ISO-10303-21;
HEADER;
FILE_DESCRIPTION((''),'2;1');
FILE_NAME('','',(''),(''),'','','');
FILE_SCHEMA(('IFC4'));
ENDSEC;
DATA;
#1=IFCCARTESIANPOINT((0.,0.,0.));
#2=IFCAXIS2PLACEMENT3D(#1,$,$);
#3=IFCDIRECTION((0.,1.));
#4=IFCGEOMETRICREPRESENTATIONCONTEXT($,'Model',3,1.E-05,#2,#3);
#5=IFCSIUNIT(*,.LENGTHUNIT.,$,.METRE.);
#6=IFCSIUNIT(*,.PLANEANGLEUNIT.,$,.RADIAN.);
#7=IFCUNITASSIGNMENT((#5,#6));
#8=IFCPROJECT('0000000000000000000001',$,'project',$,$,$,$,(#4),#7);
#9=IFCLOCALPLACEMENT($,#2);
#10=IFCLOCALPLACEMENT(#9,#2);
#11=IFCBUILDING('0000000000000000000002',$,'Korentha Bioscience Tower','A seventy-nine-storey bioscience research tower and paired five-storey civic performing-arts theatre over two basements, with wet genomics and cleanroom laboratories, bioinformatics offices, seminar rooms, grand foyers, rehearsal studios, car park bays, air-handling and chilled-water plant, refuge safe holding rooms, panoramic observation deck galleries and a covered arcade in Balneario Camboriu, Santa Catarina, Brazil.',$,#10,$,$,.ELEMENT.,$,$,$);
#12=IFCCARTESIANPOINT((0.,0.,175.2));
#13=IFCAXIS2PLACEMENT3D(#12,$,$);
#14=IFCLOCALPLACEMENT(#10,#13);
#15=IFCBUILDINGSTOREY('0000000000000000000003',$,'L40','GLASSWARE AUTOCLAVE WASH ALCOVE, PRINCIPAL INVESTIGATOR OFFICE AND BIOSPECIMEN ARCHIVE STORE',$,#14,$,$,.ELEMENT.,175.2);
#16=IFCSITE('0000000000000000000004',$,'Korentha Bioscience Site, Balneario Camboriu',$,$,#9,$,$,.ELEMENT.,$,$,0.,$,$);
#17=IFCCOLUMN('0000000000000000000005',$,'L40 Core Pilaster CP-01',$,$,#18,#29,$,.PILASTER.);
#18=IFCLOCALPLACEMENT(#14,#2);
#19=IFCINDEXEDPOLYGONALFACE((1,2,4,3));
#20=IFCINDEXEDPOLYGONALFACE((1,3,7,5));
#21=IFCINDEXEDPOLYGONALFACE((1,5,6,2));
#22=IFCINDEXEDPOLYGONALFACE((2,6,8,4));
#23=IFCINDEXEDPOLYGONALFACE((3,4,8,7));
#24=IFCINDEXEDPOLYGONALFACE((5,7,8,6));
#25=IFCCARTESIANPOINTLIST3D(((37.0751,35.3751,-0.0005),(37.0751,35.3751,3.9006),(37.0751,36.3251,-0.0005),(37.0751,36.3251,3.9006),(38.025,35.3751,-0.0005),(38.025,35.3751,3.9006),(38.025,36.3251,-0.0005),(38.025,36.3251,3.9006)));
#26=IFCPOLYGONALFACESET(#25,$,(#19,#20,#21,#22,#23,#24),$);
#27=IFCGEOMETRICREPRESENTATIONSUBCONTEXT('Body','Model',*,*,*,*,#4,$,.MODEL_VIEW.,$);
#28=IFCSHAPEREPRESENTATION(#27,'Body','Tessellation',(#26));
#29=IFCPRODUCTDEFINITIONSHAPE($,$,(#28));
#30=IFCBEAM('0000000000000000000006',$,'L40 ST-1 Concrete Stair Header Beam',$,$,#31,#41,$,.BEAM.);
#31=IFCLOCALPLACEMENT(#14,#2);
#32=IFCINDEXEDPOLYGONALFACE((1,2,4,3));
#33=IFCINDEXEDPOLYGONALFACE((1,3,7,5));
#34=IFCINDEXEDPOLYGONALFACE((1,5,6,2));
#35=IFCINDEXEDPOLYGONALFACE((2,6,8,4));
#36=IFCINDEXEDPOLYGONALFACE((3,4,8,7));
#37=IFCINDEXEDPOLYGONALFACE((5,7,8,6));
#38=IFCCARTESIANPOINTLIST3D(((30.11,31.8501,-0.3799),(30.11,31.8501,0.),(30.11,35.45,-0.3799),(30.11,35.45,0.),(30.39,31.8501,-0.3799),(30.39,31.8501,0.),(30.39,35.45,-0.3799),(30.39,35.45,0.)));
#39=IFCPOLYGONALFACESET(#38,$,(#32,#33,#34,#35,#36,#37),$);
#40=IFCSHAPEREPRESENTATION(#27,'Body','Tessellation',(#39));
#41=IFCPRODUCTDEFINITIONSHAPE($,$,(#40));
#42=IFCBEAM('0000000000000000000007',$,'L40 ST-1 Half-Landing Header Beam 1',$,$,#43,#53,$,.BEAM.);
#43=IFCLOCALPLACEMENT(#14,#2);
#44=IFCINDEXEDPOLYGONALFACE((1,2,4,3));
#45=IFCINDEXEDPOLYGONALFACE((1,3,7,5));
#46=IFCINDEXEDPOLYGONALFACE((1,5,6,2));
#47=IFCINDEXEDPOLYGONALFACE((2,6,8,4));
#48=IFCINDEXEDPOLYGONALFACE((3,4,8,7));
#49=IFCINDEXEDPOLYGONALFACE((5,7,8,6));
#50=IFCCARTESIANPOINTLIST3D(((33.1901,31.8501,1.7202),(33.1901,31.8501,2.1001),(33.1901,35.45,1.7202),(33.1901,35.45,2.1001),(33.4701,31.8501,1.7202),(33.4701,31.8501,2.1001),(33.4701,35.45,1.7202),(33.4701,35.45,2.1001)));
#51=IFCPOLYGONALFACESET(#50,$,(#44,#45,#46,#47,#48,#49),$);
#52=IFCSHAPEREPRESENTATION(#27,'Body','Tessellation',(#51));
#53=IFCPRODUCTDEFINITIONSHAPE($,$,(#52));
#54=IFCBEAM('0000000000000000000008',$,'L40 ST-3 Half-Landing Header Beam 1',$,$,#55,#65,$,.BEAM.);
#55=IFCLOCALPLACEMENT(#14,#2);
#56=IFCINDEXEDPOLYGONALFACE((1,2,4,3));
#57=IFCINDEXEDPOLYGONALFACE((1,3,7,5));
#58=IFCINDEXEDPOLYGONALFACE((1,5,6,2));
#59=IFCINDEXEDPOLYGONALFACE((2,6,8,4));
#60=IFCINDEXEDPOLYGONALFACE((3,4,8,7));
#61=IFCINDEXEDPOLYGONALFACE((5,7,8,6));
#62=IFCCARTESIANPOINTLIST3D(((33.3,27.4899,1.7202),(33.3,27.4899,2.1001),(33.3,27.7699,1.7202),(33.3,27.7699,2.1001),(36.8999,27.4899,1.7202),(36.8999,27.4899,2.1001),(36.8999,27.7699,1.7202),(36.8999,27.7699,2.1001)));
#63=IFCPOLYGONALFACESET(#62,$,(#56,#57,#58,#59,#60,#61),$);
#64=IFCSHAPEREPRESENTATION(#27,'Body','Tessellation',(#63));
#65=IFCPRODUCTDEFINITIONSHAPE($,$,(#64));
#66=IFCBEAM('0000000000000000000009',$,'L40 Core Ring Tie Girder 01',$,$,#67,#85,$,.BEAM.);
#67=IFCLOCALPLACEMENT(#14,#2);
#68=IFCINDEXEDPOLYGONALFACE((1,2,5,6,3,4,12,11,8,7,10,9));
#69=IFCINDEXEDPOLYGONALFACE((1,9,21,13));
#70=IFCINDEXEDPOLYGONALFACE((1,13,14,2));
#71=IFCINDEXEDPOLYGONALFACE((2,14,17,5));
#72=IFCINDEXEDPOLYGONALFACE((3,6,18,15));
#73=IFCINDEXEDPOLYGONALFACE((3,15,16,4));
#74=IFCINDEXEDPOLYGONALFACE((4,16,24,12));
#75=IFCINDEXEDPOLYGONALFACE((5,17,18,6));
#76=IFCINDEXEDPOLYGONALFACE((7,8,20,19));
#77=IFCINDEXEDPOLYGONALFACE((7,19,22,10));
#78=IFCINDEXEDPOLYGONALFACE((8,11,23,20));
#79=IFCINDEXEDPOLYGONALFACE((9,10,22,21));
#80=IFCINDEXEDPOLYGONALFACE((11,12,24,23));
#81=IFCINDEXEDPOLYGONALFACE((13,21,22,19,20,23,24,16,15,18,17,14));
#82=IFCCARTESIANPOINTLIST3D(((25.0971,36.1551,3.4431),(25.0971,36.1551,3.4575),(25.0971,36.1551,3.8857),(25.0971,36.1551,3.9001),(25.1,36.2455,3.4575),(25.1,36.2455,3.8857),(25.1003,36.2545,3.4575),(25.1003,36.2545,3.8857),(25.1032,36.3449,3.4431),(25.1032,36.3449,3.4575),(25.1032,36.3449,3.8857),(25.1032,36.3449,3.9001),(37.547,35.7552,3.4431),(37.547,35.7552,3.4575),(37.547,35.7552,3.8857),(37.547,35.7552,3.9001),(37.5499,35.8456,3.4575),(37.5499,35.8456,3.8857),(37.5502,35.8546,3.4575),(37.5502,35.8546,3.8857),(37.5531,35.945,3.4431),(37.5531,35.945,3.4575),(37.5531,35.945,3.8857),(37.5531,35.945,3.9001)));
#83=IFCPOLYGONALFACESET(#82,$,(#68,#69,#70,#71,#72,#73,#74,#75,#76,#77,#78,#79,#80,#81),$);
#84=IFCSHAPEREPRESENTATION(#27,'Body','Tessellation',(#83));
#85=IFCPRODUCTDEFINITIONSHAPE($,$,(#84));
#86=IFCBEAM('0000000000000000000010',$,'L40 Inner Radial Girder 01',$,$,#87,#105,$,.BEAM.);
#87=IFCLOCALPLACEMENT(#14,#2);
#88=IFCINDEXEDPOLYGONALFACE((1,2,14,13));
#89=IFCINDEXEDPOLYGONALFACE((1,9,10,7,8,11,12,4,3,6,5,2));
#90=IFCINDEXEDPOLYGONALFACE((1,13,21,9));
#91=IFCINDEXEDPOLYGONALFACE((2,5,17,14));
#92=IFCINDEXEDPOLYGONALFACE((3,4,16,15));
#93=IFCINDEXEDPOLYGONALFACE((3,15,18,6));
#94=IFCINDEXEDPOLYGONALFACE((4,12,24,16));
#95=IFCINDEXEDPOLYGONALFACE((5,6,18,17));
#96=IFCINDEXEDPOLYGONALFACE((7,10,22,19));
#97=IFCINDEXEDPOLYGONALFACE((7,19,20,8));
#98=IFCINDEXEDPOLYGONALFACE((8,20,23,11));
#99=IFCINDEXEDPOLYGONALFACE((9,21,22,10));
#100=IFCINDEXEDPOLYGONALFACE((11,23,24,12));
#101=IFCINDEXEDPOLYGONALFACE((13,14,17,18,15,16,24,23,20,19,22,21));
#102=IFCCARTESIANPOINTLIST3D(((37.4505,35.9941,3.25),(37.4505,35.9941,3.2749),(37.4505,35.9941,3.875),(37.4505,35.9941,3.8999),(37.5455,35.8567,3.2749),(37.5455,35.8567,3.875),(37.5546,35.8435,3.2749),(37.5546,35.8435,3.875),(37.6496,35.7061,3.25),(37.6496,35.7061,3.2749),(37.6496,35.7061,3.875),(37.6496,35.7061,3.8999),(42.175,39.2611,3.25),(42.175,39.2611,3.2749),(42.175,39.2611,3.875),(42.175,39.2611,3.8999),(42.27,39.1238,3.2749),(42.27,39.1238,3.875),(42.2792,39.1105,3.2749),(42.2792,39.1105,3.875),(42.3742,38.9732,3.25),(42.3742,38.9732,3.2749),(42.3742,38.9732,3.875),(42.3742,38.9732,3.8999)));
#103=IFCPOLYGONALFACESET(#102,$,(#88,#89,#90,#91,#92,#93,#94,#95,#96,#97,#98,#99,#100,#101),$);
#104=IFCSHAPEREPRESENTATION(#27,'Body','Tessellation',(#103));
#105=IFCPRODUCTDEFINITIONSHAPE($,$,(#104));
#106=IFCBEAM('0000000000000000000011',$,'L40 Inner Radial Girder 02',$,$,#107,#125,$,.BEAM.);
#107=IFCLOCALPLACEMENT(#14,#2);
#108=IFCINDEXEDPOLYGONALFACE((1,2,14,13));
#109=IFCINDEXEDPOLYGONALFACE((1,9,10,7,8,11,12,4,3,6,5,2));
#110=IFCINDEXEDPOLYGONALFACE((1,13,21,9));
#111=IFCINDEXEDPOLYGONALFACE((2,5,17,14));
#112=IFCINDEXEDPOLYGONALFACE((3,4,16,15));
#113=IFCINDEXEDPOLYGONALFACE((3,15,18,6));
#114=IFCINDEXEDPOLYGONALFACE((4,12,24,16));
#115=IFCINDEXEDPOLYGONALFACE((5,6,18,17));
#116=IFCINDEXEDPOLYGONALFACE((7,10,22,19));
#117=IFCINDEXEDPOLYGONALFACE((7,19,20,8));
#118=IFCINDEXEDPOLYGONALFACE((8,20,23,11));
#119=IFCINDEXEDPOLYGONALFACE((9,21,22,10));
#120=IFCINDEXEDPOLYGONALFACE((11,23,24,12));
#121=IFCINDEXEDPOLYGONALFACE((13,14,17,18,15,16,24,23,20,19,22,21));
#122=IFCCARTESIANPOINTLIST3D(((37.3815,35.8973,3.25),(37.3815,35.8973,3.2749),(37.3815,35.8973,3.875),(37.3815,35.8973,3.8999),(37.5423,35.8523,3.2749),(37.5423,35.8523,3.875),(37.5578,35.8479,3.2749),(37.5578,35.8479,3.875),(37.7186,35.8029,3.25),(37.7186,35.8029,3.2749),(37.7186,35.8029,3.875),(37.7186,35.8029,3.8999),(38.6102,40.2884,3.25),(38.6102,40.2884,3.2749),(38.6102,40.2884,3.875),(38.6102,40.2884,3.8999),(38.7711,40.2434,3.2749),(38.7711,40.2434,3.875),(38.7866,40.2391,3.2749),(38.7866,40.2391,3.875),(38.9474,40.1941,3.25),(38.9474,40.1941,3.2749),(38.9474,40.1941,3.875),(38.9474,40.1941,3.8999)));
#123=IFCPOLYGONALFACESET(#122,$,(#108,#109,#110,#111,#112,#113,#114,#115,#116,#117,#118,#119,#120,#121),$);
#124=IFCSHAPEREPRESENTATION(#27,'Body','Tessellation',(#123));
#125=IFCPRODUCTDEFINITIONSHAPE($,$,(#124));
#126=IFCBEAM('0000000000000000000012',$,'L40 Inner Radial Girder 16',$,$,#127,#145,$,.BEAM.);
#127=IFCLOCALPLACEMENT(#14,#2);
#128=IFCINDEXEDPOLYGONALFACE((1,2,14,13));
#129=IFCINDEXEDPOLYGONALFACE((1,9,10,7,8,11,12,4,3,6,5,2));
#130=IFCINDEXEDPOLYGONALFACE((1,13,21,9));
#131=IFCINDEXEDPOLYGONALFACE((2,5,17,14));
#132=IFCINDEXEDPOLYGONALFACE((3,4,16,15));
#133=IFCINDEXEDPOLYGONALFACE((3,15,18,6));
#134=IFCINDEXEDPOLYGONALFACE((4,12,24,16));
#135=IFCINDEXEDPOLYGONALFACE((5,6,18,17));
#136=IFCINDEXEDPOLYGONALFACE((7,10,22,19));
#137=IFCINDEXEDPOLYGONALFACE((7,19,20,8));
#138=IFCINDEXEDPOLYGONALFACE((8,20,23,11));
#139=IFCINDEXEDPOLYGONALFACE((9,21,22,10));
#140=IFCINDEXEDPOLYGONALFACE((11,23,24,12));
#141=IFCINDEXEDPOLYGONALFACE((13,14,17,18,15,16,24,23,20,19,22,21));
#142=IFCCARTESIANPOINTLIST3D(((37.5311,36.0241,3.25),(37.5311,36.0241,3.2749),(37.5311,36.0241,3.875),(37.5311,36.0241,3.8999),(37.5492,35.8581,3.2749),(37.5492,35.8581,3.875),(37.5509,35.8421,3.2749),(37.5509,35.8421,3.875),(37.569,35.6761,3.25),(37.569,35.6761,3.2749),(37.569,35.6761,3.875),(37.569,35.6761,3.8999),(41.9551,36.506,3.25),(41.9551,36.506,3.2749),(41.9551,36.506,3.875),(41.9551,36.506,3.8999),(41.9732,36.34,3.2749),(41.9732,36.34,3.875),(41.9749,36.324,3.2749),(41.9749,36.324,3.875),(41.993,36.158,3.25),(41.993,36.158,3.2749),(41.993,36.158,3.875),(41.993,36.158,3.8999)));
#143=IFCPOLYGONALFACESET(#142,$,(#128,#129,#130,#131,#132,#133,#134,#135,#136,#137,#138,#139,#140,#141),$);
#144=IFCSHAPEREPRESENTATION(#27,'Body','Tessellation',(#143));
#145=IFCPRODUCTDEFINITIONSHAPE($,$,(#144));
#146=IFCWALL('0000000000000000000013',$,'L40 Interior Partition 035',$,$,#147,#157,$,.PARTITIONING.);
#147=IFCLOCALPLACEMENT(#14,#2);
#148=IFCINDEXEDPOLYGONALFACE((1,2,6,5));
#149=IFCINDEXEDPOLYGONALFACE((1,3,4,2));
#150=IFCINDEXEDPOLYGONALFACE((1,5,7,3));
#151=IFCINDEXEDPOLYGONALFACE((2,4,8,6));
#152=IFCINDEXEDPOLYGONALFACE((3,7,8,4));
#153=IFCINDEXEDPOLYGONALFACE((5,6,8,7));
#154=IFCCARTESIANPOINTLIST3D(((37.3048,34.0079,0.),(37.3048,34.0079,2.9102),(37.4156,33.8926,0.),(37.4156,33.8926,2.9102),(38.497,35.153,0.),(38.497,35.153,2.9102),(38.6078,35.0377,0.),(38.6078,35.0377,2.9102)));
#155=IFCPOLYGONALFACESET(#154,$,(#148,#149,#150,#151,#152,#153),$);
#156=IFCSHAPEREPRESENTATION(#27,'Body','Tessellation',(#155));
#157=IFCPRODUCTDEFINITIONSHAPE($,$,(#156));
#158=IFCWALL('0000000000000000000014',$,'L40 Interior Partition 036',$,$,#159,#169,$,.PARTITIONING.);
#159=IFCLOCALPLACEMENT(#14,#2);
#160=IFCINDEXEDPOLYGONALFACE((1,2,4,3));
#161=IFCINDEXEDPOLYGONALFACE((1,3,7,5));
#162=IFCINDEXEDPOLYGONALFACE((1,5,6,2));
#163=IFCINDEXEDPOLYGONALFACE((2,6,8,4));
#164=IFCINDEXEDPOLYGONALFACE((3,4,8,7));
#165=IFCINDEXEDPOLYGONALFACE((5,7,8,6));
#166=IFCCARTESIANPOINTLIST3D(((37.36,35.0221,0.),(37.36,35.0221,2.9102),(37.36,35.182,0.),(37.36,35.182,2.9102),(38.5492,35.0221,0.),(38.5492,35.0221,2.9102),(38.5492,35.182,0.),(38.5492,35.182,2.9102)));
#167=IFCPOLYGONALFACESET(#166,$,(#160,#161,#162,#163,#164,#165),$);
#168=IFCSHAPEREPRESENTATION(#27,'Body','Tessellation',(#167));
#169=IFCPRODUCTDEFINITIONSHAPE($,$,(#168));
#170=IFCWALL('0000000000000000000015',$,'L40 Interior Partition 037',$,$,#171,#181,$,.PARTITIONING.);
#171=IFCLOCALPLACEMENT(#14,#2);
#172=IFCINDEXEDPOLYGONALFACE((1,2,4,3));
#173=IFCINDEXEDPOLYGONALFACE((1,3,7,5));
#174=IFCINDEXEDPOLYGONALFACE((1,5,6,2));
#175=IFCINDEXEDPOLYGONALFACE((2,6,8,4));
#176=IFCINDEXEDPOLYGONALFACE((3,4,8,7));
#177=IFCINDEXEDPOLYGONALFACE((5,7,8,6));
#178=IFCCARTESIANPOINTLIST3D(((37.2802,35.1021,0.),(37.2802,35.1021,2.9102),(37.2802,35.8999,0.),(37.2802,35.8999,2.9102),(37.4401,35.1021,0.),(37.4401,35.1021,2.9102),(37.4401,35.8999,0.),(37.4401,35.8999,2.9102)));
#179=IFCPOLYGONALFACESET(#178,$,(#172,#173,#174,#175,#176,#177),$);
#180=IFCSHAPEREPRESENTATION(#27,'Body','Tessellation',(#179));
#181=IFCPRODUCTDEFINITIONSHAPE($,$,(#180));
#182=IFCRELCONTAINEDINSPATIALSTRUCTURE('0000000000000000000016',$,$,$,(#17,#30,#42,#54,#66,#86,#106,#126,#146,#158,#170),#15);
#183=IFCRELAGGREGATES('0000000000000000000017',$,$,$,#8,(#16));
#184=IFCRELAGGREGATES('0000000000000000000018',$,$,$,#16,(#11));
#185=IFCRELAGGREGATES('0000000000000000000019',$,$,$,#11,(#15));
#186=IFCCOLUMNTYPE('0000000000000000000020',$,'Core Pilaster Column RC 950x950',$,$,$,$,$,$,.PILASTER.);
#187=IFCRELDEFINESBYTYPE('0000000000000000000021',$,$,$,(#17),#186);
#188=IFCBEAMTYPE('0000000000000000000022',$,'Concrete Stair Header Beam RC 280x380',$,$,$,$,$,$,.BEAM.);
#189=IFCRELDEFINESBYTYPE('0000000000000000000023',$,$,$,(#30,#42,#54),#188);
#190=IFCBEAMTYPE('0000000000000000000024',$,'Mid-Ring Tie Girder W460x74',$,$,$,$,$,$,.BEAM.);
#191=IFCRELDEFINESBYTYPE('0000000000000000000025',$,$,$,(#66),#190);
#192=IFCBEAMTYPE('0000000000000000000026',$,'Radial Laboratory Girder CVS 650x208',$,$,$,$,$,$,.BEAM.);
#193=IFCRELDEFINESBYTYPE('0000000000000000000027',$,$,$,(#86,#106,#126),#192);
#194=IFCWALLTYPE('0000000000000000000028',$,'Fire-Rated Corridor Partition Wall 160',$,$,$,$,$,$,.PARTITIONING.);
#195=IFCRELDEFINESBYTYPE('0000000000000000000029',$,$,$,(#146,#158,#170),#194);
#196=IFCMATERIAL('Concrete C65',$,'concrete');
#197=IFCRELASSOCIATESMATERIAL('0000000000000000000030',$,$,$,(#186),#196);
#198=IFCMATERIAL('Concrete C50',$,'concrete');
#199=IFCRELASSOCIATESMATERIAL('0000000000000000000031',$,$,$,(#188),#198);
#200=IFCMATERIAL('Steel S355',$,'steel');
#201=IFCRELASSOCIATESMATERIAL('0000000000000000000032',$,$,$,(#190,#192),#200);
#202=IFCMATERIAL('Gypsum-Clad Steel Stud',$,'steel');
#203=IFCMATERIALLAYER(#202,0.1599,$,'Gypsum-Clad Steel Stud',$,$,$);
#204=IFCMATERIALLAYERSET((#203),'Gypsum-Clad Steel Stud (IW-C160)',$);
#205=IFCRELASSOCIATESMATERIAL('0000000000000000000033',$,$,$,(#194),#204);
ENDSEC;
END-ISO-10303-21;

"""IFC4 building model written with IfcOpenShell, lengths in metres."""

from ifc_helpers import new_model, si_unit, direction, frame, frame_2d, origin, origin_2d, place, context, subcontext, project, spatial, rectangle, i_section, extrude, material, layer, layer_set, material_profile, profile_set, type_object, element, save


model = new_model("IFC4")

# Units and contexts
model_context = context("Model", 3, precision=1e-05, world=origin(), true_north=direction((0.0, 1.0)))
body_context = subcontext(model_context, "Body", "Model", "MODEL_VIEW")
ifc_project = project(units=[si_unit("LENGTHUNIT", "METRE"), si_unit("PLANEANGLEUNIT", "RADIAN")], contexts=[model_context])

# Site, building, storey
site_placement = place(None, origin())
site = spatial("IfcSite", under=ifc_project, at=site_placement, Name="Korentha Bioscience Site, Balneario Camboriu", CompositionType="ELEMENT", RefElevation=0.0)
building_placement = place(site_placement, origin())
building = spatial("IfcBuilding", under=site, at=building_placement, Name="Korentha Bioscience Tower", Description="A seventy-nine-storey bioscience research tower and paired five-storey civic performing-arts theatre over two basements, with wet genomics and cleanroom laboratories, bioinformatics offices, seminar rooms, grand foyers, rehearsal studios, car park bays, air-handling and chilled-water plant, refuge safe holding rooms, panoramic observation deck galleries and a covered arcade in Balneario Camboriu, Santa Catarina, Brazil.", CompositionType="ELEMENT")
storey_placement = place(building_placement, frame((0.0, 0.0, 175.2)))
storey = spatial("IfcBuildingStorey", under=building, at=storey_placement, Name="L40", Description="GLASSWARE AUTOCLAVE WASH ALCOVE, PRINCIPAL INVESTIGATOR OFFICE AND BIOSPECIMEN ARCHIVE STORE", CompositionType="ELEMENT", Elevation=175.2)

# Column
ifc_material_1 = material(Name="Concrete C65", Category="concrete")
ifc_material_profile_1 = material_profile(ifc_material_1, rectangle(XDim=0.95, YDim=0.95, at=origin_2d()), Name="Concrete C65")
ifc_profile_set_1 = profile_set([ifc_material_profile_1], Name="Concrete C65 (COL-CP09)")
column_type = type_object("IfcColumnType", Name="Core Pilaster Column RC 950x950", PredefinedType="PILASTER", material=ifc_profile_set_1)
column_placement = place(storey_placement, frame((37.55, 35.8501, -0.0005), z_axis=(0.0, 0.0, 1.0), x_axis=(1.0, 0.0, 0.0)))
element("IfcColumn", 1, at=column_placement, inside=storey, type_object=column_type, Name="L40 Core Pilaster CP-01", PredefinedType="PILASTER", context=body_context, shape_type="SweptSolid", body=[
    extrude(rectangle(XDim=0.95, YDim=0.95, at=origin_2d()), origin(), (0.0, 0.0, 1.0), 3.9011),
])

# Beams
ifc_material_2 = material(Name="Concrete C50", Category="concrete")
ifc_material_profile_2 = material_profile(ifc_material_2, rectangle(XDim=0.28, YDim=0.3799, at=origin_2d()), Name="Concrete C50")
ifc_profile_set_2 = profile_set([ifc_material_profile_2], Name="Concrete C50 (ST-HB380)")
beam_type_1 = type_object("IfcBeamType", Name="Concrete Stair Header Beam RC 280x380", PredefinedType="BEAM", material=ifc_profile_set_2)
for number, where, z_axis, x_axis, name in (
    (2, (30.25, 31.8501, -0.1899), (0.0, 1.0, 0.0), (-1.0, 0.0, 0.0), "L40 ST-1 Concrete Stair Header Beam"),
    (3, (33.3301, 31.8501, 1.9102), (0.0, 1.0, 0.0), (-1.0, 0.0, 0.0), "L40 ST-1 Half-Landing Header Beam 1"),
    (4, (36.8999, 27.6299, 1.9102), (-1.0, 0.0, 0.0), (0.0, -1.0, 0.0), "L40 ST-3 Half-Landing Header Beam 1"),
):
    element("IfcBeam", number, at=place(storey_placement, frame(where, z_axis=z_axis, x_axis=x_axis)), inside=storey, type_object=beam_type_1, Name=name, PredefinedType="BEAM", context=body_context, shape_type="SweptSolid", body=[
        extrude(rectangle(XDim=0.28, YDim=0.3799, at=origin_2d()), origin(), (0.0, 0.0, 1.0), 3.5999),
    ])
ifc_material_3 = material(Name="Steel S355", Category="steel")
ifc_material_profile_3 = material_profile(ifc_material_3, i_section(OverallWidth=0.1899, OverallDepth=0.457, WebThickness=0.009, FlangeThickness=0.0144, at=origin_2d()), Name="Steel S355")
ifc_profile_set_3 = profile_set([ifc_material_profile_3], Name="Steel S355 (MB-460)")
beam_type_2 = type_object("IfcBeamType", Name="Mid-Ring Tie Girder W460x74", PredefinedType="BEAM", material=ifc_profile_set_3)
beam_1_placement = place(storey_placement, frame((37.55, 35.8501, 3.6716), z_axis=(-0.999485, 0.032104, 0.0), x_axis=(-0.032104, -0.999485, 0.0)))
element("IfcBeam", 5, at=beam_1_placement, inside=storey, type_object=beam_type_2, Name="L40 Core Ring Tie Girder 01", PredefinedType="BEAM", context=body_context, shape_type="SweptSolid", body=[
    extrude(i_section(OverallWidth=0.1899, OverallDepth=0.457, WebThickness=0.009, FlangeThickness=0.0144, at=origin_2d()), origin(), (0.0, 0.0, 1.0), 12.4563),
])
ifc_material_profile_4 = material_profile(ifc_material_3, i_section(OverallWidth=0.3501, OverallDepth=0.6499, WebThickness=0.0161, FlangeThickness=0.0249, at=origin_2d()), Name="Steel S355")
ifc_profile_set_4 = profile_set([ifc_material_profile_4], Name="Steel S355 (RB-650)")
beam_type_3 = type_object("IfcBeamType", Name="Radial Laboratory Girder CVS 650x208", PredefinedType="BEAM", material=ifc_profile_set_4)
beam_2_placement = place(storey_placement, frame((37.55, 35.8501, 3.575), z_axis=(0.822501, 0.568763, 0.0), x_axis=(-0.568763, 0.822501, 0.0)))
element("IfcBeam", 6, at=beam_2_placement, inside=storey, type_object=beam_type_3, Name="L40 Inner Radial Girder 01", PredefinedType="BEAM", context=body_context, shape_type="SweptSolid", body=[
    extrude(i_section(OverallWidth=0.3501, OverallDepth=0.6499, WebThickness=0.0161, FlangeThickness=0.0249, at=origin_2d()), origin(), (0.0, 0.0, 1.0), 5.7441),
])
beam_3_placement = place(storey_placement, frame((37.55, 35.8501, 3.575), z_axis=(0.269477, 0.963007, 0.0), x_axis=(-0.963007, 0.269477, 0.0)))
element("IfcBeam", 7, at=beam_3_placement, inside=storey, type_object=beam_type_3, Name="L40 Inner Radial Girder 02", PredefinedType="BEAM", context=body_context, shape_type="SweptSolid", body=[
    extrude(i_section(OverallWidth=0.3501, OverallDepth=0.6499, WebThickness=0.0161, FlangeThickness=0.0249, at=origin_2d()), origin(), (0.0, 0.0, 1.0), 4.5598),
])
beam_4_placement = place(storey_placement, frame((37.55, 35.8501, 3.575), z_axis=(0.994119, 0.108294, 0.0), x_axis=(-0.108294, 0.994119, 0.0)))
element("IfcBeam", 8, at=beam_4_placement, inside=storey, type_object=beam_type_3, Name="L40 Inner Radial Girder 16", PredefinedType="BEAM", context=body_context, shape_type="SweptSolid", body=[
    extrude(i_section(OverallWidth=0.3501, OverallDepth=0.6499, WebThickness=0.0161, FlangeThickness=0.0249, at=origin_2d()), origin(), (0.0, 0.0, 1.0), 4.4502),
])

# Walls
ifc_material_4 = material(Name="Gypsum-Clad Steel Stud", Category="steel")
ifc_layer_1 = layer(ifc_material_4, 0.1599, Name="Gypsum-Clad Steel Stud")
ifc_layer_set_1 = layer_set([ifc_layer_1], Name="Gypsum-Clad Steel Stud (IW-C160)")
wall_type_1 = type_object("IfcWallType", Name="Fire-Rated Corridor Partition Wall 160", PredefinedType="PARTITIONING", material=ifc_layer_set_1)
wall_1_placement = place(storey_placement, frame((37.3601, 33.9502, 0.0), z_axis=(0.0, 0.0, 1.0), x_axis=(0.721216, 0.69271, 0.0)))
element("IfcWall", 9, at=wall_1_placement, inside=storey, type_object=wall_type_1, Name="L40 Interior Partition 035", PredefinedType="PARTITIONING", context=body_context, shape_type="SweptSolid", body=[
    extrude(rectangle(XDim=1.6531, YDim=0.1599, at=frame_2d((0.8267, 0.0))), origin(), (0.0, 0.0, 1.0), 2.9102),
])
wall_2_placement = place(storey_placement, frame((38.5493, 35.1021, 0.0), z_axis=(0.0, 0.0, 1.0), x_axis=(-1.0, 0.0, 0.0)))
element("IfcWall", 10, at=wall_2_placement, inside=storey, type_object=wall_type_1, Name="L40 Interior Partition 036", PredefinedType="PARTITIONING", context=body_context, shape_type="SweptSolid", body=[
    extrude(rectangle(XDim=1.1892, YDim=0.1599, at=frame_2d((0.5947, 0.0))), origin(), (0.0, 0.0, 1.0), 2.9102),
])
wall_3_placement = place(storey_placement, frame((37.3601, 35.1021, 0.0), z_axis=(0.0, 0.0, 1.0), x_axis=(0.0, 1.0, 0.0)))
element("IfcWall", 11, at=wall_3_placement, inside=storey, type_object=wall_type_1, Name="L40 Interior Partition 037", PredefinedType="PARTITIONING", context=body_context, shape_type="SweptSolid", body=[
    extrude(rectangle(XDim=0.7979, YDim=0.1599, at=frame_2d((0.3989, 0.0))), origin(), (0.0, 0.0, 1.0), 2.9102),
])

save(model, "model.ifc")
